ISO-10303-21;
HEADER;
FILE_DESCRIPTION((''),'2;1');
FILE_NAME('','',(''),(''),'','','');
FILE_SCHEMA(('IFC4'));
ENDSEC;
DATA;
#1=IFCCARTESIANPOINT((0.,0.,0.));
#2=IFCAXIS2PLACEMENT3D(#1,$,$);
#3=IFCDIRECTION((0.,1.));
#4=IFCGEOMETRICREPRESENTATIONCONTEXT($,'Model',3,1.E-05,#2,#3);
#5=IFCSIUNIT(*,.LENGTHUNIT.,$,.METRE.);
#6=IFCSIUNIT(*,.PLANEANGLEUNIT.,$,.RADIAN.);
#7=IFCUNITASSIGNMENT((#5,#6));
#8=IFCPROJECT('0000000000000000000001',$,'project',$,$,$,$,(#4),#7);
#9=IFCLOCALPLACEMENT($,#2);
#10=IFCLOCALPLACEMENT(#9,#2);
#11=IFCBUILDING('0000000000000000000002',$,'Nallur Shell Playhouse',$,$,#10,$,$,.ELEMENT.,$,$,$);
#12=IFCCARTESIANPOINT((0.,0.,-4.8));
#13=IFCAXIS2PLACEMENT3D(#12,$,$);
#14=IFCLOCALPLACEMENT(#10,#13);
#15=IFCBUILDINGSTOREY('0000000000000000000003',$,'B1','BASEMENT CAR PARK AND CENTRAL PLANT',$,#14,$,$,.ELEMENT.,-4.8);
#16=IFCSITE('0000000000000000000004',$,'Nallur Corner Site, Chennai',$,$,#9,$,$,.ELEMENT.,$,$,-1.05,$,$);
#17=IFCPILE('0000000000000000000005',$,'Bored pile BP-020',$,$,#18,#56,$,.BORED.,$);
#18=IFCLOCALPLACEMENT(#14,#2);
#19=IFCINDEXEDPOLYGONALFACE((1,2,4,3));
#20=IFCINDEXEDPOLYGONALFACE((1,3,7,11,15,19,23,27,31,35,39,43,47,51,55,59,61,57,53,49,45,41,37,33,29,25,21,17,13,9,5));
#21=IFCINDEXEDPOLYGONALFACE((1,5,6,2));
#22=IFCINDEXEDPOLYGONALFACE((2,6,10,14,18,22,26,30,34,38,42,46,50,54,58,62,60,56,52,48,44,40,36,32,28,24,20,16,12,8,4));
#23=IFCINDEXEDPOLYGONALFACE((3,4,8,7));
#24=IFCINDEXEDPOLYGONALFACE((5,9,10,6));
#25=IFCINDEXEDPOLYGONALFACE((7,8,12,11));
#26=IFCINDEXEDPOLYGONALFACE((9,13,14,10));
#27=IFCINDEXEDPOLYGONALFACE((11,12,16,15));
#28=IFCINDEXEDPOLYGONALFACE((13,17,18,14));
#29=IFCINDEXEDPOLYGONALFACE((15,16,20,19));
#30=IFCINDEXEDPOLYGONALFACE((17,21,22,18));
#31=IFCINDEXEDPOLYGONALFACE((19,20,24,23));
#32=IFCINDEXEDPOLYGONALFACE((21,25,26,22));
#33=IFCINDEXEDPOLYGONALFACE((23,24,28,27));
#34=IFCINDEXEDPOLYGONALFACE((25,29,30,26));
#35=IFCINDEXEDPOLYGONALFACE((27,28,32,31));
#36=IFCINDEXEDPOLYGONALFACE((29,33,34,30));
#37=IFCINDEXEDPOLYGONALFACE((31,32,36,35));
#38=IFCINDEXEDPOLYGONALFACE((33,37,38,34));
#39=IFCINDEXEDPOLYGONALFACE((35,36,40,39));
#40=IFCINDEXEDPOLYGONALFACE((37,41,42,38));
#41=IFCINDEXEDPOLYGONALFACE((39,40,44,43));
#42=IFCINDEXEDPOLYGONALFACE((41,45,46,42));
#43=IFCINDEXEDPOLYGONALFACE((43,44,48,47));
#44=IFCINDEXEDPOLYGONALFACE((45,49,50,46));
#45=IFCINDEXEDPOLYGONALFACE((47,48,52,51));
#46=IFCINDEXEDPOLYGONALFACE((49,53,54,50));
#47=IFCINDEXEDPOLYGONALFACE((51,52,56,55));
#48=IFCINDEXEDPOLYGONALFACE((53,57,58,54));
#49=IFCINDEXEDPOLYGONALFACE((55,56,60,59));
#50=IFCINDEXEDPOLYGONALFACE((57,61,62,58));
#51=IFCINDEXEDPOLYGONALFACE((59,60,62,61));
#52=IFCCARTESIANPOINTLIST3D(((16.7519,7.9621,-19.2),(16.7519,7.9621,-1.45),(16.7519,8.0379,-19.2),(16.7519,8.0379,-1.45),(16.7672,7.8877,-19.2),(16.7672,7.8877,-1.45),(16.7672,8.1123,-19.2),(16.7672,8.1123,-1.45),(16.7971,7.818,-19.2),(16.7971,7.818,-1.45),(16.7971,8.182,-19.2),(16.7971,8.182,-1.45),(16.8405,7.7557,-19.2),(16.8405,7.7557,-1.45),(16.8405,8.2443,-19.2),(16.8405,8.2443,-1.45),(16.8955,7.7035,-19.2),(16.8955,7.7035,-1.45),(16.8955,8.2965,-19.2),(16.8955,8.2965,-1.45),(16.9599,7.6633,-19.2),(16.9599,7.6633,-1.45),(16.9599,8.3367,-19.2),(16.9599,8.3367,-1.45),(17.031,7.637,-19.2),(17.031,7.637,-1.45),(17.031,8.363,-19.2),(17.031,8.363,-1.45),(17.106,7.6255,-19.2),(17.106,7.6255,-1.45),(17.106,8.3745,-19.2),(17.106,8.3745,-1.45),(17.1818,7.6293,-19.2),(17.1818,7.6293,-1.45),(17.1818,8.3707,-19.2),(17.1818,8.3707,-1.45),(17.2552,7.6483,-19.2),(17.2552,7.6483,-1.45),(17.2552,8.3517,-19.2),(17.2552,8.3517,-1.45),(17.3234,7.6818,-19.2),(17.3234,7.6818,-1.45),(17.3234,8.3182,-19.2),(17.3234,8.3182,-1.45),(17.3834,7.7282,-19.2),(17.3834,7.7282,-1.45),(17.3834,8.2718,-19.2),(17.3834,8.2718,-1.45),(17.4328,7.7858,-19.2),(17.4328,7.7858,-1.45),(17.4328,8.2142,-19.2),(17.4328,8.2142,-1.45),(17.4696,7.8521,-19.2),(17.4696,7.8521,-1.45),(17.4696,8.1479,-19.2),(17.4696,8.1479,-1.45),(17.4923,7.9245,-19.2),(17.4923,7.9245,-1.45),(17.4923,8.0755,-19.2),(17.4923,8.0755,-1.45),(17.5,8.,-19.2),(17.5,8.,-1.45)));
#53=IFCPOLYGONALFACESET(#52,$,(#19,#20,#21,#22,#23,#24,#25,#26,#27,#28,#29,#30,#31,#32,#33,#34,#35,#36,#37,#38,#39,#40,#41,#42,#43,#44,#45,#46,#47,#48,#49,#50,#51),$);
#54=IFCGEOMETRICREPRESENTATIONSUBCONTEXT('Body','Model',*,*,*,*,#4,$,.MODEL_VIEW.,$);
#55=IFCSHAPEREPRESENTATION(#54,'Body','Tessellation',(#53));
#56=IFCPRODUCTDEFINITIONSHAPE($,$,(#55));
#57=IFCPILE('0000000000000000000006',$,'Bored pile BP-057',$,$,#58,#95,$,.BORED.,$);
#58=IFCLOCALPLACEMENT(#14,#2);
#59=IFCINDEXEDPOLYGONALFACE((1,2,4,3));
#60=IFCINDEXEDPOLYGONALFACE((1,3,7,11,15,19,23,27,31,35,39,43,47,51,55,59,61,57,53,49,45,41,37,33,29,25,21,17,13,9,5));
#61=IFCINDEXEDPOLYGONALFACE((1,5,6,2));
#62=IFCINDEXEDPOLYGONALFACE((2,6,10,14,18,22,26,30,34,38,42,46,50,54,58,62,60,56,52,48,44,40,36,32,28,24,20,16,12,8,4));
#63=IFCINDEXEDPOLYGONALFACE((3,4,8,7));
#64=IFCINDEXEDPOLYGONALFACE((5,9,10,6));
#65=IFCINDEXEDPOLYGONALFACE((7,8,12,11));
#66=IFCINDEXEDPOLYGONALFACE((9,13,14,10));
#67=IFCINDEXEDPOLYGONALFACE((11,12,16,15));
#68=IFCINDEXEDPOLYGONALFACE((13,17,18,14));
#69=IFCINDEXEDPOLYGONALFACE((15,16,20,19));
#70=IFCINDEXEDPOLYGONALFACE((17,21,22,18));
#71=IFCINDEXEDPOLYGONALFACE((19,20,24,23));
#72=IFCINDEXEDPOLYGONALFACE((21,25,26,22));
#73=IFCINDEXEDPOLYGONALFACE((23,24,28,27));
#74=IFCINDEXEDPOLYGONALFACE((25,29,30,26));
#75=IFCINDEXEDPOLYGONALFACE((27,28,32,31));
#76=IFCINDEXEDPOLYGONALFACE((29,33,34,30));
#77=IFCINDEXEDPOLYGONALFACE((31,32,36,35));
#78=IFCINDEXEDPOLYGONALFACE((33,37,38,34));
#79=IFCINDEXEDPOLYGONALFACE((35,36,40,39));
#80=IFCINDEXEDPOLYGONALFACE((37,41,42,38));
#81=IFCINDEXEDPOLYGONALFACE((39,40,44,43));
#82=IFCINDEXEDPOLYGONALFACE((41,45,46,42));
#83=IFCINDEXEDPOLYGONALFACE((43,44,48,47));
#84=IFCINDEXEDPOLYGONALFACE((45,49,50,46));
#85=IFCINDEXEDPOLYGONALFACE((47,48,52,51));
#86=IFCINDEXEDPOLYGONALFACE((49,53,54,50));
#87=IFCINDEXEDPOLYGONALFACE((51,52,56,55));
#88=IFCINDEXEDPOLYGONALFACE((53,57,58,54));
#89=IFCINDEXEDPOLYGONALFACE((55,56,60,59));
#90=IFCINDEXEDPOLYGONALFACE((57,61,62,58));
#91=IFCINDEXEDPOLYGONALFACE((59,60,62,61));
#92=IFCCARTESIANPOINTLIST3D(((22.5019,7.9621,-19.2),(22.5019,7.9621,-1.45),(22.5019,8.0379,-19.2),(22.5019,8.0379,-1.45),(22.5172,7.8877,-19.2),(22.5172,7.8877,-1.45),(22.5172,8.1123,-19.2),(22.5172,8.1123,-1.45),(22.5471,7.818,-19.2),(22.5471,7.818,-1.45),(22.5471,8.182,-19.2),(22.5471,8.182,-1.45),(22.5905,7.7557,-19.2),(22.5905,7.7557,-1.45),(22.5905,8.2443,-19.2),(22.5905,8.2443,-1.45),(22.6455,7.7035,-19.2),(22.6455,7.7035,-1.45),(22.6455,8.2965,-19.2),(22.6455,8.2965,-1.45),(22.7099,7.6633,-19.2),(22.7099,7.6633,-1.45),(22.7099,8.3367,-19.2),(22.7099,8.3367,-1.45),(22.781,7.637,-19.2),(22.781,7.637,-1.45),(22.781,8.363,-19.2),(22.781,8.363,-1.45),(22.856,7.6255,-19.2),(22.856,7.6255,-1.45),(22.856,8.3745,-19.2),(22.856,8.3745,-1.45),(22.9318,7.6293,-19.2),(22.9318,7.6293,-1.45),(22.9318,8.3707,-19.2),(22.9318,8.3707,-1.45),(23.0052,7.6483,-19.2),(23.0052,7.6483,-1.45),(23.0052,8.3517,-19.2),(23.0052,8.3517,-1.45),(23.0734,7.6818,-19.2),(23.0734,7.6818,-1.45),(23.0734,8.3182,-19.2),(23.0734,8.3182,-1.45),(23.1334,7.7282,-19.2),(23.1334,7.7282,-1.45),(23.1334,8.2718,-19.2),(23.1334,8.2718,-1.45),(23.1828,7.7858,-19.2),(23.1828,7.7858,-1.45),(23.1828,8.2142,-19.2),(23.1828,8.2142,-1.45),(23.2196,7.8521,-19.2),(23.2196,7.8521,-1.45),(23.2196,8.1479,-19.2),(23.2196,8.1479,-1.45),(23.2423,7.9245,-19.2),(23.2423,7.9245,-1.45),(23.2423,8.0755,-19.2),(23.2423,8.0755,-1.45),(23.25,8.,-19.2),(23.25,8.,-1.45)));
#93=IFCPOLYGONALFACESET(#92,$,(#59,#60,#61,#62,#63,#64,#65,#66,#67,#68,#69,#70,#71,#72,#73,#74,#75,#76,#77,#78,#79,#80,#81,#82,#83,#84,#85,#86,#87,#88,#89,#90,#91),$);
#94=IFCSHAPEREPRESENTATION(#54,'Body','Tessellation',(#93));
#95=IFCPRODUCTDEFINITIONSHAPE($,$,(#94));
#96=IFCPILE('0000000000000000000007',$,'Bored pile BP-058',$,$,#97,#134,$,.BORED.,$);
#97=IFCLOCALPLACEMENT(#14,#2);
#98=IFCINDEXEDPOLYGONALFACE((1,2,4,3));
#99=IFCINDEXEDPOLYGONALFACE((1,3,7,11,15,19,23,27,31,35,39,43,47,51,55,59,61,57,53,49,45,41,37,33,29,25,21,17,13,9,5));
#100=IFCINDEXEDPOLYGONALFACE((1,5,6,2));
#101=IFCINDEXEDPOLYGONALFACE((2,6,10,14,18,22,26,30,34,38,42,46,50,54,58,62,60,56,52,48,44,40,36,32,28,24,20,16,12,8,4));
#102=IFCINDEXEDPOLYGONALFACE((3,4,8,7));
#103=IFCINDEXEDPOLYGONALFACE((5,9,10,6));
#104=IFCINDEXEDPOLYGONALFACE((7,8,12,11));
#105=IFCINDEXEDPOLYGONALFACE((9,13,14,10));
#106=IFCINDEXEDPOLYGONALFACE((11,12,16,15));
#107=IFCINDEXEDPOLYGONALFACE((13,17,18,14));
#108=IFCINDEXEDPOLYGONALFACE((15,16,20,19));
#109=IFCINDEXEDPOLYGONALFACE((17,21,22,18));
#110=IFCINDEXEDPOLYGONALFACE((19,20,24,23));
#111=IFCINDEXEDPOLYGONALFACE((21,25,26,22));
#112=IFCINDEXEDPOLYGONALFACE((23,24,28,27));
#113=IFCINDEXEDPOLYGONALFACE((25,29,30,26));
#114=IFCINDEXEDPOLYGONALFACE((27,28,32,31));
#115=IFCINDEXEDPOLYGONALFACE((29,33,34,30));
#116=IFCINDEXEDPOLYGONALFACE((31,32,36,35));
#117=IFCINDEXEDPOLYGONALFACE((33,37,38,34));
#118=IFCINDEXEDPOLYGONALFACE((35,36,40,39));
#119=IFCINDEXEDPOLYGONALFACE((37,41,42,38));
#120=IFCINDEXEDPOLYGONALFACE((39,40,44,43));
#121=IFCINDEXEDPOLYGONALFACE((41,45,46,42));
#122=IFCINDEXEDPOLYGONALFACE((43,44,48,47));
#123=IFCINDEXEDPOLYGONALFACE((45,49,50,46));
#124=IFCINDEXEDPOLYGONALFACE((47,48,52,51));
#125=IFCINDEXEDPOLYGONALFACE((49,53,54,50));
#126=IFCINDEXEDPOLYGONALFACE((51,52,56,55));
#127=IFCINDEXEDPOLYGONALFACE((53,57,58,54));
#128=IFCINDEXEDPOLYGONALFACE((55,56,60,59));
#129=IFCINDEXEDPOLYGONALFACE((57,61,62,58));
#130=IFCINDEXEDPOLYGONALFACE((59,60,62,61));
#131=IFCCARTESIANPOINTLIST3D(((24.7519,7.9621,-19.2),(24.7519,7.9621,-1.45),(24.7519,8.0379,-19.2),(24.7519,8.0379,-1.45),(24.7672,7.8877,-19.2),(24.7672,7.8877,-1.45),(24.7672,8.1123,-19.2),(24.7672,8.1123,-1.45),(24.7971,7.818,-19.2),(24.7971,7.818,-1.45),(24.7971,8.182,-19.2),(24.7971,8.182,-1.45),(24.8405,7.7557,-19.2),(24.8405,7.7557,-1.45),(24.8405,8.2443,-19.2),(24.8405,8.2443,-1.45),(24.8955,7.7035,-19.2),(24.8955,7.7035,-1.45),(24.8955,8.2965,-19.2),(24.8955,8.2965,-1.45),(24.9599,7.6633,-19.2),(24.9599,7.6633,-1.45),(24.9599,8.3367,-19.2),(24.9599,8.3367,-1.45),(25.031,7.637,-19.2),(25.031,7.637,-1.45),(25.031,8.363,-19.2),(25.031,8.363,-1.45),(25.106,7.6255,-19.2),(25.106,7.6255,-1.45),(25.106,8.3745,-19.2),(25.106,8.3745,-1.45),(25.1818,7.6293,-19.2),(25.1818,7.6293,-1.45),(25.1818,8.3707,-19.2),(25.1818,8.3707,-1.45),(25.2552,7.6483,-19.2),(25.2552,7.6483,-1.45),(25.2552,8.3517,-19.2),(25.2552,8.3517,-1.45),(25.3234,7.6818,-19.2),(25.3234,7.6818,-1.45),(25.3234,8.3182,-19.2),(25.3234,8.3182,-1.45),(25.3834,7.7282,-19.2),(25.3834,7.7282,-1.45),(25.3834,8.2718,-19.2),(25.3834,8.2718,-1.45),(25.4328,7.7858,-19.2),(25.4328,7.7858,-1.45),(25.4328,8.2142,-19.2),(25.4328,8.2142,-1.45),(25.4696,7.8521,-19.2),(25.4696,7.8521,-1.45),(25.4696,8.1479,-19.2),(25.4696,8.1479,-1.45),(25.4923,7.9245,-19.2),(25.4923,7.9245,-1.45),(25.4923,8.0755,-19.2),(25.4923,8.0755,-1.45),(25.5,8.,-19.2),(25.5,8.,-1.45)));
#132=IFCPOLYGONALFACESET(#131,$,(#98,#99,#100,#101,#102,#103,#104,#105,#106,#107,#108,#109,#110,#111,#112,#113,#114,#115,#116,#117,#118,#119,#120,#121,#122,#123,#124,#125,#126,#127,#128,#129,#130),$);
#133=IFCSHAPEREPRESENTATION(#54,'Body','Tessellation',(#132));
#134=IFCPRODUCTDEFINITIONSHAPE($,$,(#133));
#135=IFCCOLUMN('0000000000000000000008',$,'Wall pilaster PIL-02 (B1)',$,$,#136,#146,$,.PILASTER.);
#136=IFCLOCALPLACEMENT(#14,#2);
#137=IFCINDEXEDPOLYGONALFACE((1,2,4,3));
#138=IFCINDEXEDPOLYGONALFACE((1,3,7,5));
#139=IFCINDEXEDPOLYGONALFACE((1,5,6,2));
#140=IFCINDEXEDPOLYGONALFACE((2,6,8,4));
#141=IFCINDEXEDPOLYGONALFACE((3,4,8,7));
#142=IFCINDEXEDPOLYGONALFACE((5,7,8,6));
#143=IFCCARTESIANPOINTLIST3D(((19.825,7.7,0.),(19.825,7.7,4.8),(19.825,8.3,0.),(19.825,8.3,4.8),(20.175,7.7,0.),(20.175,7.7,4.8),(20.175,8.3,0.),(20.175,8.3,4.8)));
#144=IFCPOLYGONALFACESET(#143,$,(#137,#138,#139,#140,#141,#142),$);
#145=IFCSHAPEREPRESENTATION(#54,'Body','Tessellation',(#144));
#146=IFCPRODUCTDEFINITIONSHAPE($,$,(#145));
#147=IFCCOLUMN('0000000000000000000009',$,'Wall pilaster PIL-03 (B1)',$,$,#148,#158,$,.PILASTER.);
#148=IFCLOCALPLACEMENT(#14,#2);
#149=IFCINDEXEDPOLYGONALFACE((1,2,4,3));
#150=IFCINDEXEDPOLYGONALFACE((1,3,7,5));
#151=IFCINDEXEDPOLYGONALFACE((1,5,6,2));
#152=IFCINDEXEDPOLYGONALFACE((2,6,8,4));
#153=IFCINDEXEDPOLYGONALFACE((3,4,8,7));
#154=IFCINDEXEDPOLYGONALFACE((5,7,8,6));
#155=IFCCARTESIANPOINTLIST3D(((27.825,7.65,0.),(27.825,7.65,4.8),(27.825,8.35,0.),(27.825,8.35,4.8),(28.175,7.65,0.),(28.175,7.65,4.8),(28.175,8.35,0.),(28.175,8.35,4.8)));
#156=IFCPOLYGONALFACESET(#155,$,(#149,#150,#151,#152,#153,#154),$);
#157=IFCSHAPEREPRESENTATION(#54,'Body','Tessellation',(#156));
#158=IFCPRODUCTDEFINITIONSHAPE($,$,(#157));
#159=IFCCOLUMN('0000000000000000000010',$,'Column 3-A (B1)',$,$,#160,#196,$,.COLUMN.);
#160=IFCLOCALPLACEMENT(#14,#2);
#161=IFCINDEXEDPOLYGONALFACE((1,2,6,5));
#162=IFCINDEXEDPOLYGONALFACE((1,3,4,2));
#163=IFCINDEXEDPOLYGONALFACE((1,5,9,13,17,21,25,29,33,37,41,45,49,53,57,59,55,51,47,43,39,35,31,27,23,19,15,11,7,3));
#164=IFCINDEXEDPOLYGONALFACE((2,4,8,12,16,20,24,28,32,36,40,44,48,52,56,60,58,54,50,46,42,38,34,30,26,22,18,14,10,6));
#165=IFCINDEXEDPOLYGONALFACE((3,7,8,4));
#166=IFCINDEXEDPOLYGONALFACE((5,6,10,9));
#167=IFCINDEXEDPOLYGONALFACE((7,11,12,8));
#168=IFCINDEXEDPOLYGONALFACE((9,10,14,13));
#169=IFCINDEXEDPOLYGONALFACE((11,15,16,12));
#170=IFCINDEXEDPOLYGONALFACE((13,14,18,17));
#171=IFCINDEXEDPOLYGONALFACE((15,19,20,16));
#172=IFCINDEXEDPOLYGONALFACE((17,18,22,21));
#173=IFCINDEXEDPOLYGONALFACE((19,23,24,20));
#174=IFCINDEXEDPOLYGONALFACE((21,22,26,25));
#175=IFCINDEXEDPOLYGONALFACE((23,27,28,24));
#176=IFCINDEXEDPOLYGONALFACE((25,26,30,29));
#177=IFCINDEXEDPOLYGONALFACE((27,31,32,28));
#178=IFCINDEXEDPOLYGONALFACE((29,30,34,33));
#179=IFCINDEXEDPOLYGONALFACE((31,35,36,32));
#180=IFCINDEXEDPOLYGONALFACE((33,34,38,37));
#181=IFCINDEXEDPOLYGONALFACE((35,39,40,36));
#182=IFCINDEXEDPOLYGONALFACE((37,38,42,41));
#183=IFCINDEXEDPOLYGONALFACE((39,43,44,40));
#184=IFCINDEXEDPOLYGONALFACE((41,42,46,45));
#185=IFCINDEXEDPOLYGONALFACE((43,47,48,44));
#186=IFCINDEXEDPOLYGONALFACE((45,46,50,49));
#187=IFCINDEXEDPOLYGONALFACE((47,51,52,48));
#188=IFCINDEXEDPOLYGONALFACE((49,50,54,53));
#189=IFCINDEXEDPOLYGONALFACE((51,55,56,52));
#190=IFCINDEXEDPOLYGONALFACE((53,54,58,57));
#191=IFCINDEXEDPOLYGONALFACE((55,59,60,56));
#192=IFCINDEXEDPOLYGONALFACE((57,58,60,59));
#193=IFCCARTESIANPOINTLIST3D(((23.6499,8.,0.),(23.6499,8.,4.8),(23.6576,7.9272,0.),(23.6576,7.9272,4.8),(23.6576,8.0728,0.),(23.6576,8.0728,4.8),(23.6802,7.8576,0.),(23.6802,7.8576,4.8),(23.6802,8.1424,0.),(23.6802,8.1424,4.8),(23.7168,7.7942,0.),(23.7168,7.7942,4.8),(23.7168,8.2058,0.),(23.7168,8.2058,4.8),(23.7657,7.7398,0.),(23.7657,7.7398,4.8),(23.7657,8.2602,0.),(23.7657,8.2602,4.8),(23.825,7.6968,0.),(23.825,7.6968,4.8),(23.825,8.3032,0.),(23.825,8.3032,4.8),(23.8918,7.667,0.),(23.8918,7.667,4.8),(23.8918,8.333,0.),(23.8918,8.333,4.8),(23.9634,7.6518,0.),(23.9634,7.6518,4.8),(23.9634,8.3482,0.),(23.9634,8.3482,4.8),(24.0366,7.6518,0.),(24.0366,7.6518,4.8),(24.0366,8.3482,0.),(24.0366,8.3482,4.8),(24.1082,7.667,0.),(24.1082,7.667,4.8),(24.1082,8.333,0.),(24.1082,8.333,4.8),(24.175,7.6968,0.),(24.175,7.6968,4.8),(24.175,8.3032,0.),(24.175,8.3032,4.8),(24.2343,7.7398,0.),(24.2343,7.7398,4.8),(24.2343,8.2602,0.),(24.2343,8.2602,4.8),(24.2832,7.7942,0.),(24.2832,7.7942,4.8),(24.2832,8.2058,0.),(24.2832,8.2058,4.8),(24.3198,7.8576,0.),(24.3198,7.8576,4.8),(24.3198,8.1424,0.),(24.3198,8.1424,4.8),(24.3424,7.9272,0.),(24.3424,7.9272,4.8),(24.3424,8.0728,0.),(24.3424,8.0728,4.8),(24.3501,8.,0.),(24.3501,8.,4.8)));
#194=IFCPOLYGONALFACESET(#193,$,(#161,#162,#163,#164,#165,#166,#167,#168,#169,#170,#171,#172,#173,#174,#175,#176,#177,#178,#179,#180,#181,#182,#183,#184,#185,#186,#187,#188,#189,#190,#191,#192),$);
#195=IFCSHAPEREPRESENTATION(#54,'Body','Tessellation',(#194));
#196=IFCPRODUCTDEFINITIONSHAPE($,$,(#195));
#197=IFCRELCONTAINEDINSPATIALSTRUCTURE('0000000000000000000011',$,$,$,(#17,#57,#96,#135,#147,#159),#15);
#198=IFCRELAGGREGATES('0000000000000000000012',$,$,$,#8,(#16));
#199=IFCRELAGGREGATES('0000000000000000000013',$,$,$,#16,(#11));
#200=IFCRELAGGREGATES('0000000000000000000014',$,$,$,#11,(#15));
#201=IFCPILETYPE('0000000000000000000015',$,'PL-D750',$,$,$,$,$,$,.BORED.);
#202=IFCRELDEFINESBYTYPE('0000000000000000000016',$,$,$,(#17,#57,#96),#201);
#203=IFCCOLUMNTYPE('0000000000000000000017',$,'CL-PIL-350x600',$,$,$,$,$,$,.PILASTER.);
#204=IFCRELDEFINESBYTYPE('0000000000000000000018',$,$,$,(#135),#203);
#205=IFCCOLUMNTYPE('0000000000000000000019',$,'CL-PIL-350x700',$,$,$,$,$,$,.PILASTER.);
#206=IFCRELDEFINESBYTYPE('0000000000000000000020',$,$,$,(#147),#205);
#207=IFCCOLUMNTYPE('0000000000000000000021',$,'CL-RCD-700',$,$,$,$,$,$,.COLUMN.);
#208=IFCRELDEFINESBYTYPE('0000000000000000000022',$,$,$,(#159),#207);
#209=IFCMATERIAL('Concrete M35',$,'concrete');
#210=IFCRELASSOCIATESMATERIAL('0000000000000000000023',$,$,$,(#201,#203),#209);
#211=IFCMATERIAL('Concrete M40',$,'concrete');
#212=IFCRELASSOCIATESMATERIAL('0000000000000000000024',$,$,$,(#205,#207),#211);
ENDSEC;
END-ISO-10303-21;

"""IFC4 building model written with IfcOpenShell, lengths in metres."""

from ifc_helpers import new_model, si_unit, direction, frame, origin, origin_2d, place, context, subcontext, project, spatial, rectangle, circle, extrude, material, material_profile, profile_set, type_object, element, save


model = new_model("IFC4")

# Units and contexts
model_context = context("Model", 3, precision=1e-05, world=origin(), true_north=direction((0.0, 1.0)))
body_context = subcontext(model_context, "Body", "Model", "MODEL_VIEW")
ifc_project = project(units=[si_unit("LENGTHUNIT", "METRE"), si_unit("PLANEANGLEUNIT", "RADIAN")], contexts=[model_context])

# Site, building, storey
site_placement = place(None, origin())
site = spatial("IfcSite", under=ifc_project, at=site_placement, Name="Nallur Corner Site, Chennai", CompositionType="ELEMENT", RefElevation=-1.05)
building_placement = place(site_placement, origin())
building = spatial("IfcBuilding", under=site, at=building_placement, Name="Nallur Shell Playhouse", CompositionType="ELEMENT")
storey_placement = place(building_placement, frame((0.0, 0.0, -4.8)))
storey = spatial("IfcBuildingStorey", under=building, at=storey_placement, Name="B1", Description="BASEMENT CAR PARK AND CENTRAL PLANT", CompositionType="ELEMENT", Elevation=-4.8)

# Shared definitions
ifc_material_1 = material(Name="Concrete M35", Category="concrete")

# Piles
ifc_material_profile_1 = material_profile(ifc_material_1, circle(Radius=0.375, at=origin_2d()), Name="BORED PILE D750")
ifc_profile_set_1 = profile_set([ifc_material_profile_1], Name="Concrete M35")
pile_type_1 = type_object("IfcPileType", Name="PL-D750", PredefinedType="BORED", material=ifc_profile_set_1)
for number, where, z_axis, x_axis, name in (
    (1, (17.125, 8.0, -1.45), (0.0, 0.0, -1.0), (1.0, 0.0, 0.0), "Bored pile BP-020"),
    (2, (22.875, 8.0, -1.45), (0.0, 0.0, -1.0), (1.0, 0.0, 0.0), "Bored pile BP-057"),
    (3, (25.125, 8.0, -1.45), (0.0, 0.0, -1.0), (1.0, 0.0, 0.0), "Bored pile BP-058"),
):
    element("IfcPile", number, at=place(storey_placement, frame(where, z_axis=z_axis, x_axis=x_axis)), inside=storey, type_object=pile_type_1, Name=name, PredefinedType="BORED", context=body_context, shape_type="SweptSolid", body=[
        extrude(circle(Radius=0.375, at=origin_2d()), origin(), (0.0, 0.0, 1.0), 17.75),
    ])

# Columns
ifc_material_profile_2 = material_profile(ifc_material_1, rectangle(XDim=0.3501, YDim=0.6001, at=origin_2d()), Name="RC 350x600")
ifc_profile_set_2 = profile_set([ifc_material_profile_2], Name="Concrete M35")
column_type_1 = type_object("IfcColumnType", Name="CL-PIL-350x600", PredefinedType="PILASTER", material=ifc_profile_set_2)
column_1_placement = place(storey_placement, frame((20.0, 8.0, 0.0), z_axis=(0.0, 0.0, 1.0), x_axis=(1.0, 0.0, 0.0)))
element("IfcColumn", 4, at=column_1_placement, inside=storey, type_object=column_type_1, Name="Wall pilaster PIL-02 (B1)", PredefinedType="PILASTER", context=body_context, shape_type="SweptSolid", body=[
    extrude(rectangle(XDim=0.3501, YDim=0.6001, at=origin_2d()), origin(), (0.0, 0.0, 1.0), 4.8),
])
ifc_material_2 = material(Name="Concrete M40", Category="concrete")
ifc_material_profile_3 = material_profile(ifc_material_2, rectangle(XDim=0.3501, YDim=0.7, at=origin_2d()), Name="RC 350x700")
ifc_profile_set_3 = profile_set([ifc_material_profile_3], Name="Concrete M40")
column_type_2 = type_object("IfcColumnType", Name="CL-PIL-350x700", PredefinedType="PILASTER", material=ifc_profile_set_3)
column_2_placement = place(storey_placement, frame((28.0, 8.0, 0.0), z_axis=(0.0, 0.0, 1.0), x_axis=(1.0, 0.0, 0.0)))
element("IfcColumn", 5, at=column_2_placement, inside=storey, type_object=column_type_2, Name="Wall pilaster PIL-03 (B1)", PredefinedType="PILASTER", context=body_context, shape_type="SweptSolid", body=[
    extrude(rectangle(XDim=0.3501, YDim=0.7, at=origin_2d()), origin(), (0.0, 0.0, 1.0), 4.8),
])
ifc_material_profile_4 = material_profile(ifc_material_2, circle(Radius=0.3501, at=origin_2d()), Name="RC D700")
ifc_profile_set_4 = profile_set([ifc_material_profile_4], Name="Concrete M40")
column_type_3 = type_object("IfcColumnType", Name="CL-RCD-700", PredefinedType="COLUMN", material=ifc_profile_set_4)
column_3_placement = place(storey_placement, frame((24.0, 8.0, 0.0), z_axis=(0.0, 0.0, 1.0), x_axis=(1.0, 0.0, 0.0)))
element("IfcColumn", 6, at=column_3_placement, inside=storey, type_object=column_type_3, Name="Column 3-A (B1)", PredefinedType="COLUMN", context=body_context, shape_type="SweptSolid", body=[
    extrude(circle(Radius=0.3501, at=origin_2d()), origin(), (0.0, 0.0, 1.0), 4.8),
])

save(model, "model.ifc")
